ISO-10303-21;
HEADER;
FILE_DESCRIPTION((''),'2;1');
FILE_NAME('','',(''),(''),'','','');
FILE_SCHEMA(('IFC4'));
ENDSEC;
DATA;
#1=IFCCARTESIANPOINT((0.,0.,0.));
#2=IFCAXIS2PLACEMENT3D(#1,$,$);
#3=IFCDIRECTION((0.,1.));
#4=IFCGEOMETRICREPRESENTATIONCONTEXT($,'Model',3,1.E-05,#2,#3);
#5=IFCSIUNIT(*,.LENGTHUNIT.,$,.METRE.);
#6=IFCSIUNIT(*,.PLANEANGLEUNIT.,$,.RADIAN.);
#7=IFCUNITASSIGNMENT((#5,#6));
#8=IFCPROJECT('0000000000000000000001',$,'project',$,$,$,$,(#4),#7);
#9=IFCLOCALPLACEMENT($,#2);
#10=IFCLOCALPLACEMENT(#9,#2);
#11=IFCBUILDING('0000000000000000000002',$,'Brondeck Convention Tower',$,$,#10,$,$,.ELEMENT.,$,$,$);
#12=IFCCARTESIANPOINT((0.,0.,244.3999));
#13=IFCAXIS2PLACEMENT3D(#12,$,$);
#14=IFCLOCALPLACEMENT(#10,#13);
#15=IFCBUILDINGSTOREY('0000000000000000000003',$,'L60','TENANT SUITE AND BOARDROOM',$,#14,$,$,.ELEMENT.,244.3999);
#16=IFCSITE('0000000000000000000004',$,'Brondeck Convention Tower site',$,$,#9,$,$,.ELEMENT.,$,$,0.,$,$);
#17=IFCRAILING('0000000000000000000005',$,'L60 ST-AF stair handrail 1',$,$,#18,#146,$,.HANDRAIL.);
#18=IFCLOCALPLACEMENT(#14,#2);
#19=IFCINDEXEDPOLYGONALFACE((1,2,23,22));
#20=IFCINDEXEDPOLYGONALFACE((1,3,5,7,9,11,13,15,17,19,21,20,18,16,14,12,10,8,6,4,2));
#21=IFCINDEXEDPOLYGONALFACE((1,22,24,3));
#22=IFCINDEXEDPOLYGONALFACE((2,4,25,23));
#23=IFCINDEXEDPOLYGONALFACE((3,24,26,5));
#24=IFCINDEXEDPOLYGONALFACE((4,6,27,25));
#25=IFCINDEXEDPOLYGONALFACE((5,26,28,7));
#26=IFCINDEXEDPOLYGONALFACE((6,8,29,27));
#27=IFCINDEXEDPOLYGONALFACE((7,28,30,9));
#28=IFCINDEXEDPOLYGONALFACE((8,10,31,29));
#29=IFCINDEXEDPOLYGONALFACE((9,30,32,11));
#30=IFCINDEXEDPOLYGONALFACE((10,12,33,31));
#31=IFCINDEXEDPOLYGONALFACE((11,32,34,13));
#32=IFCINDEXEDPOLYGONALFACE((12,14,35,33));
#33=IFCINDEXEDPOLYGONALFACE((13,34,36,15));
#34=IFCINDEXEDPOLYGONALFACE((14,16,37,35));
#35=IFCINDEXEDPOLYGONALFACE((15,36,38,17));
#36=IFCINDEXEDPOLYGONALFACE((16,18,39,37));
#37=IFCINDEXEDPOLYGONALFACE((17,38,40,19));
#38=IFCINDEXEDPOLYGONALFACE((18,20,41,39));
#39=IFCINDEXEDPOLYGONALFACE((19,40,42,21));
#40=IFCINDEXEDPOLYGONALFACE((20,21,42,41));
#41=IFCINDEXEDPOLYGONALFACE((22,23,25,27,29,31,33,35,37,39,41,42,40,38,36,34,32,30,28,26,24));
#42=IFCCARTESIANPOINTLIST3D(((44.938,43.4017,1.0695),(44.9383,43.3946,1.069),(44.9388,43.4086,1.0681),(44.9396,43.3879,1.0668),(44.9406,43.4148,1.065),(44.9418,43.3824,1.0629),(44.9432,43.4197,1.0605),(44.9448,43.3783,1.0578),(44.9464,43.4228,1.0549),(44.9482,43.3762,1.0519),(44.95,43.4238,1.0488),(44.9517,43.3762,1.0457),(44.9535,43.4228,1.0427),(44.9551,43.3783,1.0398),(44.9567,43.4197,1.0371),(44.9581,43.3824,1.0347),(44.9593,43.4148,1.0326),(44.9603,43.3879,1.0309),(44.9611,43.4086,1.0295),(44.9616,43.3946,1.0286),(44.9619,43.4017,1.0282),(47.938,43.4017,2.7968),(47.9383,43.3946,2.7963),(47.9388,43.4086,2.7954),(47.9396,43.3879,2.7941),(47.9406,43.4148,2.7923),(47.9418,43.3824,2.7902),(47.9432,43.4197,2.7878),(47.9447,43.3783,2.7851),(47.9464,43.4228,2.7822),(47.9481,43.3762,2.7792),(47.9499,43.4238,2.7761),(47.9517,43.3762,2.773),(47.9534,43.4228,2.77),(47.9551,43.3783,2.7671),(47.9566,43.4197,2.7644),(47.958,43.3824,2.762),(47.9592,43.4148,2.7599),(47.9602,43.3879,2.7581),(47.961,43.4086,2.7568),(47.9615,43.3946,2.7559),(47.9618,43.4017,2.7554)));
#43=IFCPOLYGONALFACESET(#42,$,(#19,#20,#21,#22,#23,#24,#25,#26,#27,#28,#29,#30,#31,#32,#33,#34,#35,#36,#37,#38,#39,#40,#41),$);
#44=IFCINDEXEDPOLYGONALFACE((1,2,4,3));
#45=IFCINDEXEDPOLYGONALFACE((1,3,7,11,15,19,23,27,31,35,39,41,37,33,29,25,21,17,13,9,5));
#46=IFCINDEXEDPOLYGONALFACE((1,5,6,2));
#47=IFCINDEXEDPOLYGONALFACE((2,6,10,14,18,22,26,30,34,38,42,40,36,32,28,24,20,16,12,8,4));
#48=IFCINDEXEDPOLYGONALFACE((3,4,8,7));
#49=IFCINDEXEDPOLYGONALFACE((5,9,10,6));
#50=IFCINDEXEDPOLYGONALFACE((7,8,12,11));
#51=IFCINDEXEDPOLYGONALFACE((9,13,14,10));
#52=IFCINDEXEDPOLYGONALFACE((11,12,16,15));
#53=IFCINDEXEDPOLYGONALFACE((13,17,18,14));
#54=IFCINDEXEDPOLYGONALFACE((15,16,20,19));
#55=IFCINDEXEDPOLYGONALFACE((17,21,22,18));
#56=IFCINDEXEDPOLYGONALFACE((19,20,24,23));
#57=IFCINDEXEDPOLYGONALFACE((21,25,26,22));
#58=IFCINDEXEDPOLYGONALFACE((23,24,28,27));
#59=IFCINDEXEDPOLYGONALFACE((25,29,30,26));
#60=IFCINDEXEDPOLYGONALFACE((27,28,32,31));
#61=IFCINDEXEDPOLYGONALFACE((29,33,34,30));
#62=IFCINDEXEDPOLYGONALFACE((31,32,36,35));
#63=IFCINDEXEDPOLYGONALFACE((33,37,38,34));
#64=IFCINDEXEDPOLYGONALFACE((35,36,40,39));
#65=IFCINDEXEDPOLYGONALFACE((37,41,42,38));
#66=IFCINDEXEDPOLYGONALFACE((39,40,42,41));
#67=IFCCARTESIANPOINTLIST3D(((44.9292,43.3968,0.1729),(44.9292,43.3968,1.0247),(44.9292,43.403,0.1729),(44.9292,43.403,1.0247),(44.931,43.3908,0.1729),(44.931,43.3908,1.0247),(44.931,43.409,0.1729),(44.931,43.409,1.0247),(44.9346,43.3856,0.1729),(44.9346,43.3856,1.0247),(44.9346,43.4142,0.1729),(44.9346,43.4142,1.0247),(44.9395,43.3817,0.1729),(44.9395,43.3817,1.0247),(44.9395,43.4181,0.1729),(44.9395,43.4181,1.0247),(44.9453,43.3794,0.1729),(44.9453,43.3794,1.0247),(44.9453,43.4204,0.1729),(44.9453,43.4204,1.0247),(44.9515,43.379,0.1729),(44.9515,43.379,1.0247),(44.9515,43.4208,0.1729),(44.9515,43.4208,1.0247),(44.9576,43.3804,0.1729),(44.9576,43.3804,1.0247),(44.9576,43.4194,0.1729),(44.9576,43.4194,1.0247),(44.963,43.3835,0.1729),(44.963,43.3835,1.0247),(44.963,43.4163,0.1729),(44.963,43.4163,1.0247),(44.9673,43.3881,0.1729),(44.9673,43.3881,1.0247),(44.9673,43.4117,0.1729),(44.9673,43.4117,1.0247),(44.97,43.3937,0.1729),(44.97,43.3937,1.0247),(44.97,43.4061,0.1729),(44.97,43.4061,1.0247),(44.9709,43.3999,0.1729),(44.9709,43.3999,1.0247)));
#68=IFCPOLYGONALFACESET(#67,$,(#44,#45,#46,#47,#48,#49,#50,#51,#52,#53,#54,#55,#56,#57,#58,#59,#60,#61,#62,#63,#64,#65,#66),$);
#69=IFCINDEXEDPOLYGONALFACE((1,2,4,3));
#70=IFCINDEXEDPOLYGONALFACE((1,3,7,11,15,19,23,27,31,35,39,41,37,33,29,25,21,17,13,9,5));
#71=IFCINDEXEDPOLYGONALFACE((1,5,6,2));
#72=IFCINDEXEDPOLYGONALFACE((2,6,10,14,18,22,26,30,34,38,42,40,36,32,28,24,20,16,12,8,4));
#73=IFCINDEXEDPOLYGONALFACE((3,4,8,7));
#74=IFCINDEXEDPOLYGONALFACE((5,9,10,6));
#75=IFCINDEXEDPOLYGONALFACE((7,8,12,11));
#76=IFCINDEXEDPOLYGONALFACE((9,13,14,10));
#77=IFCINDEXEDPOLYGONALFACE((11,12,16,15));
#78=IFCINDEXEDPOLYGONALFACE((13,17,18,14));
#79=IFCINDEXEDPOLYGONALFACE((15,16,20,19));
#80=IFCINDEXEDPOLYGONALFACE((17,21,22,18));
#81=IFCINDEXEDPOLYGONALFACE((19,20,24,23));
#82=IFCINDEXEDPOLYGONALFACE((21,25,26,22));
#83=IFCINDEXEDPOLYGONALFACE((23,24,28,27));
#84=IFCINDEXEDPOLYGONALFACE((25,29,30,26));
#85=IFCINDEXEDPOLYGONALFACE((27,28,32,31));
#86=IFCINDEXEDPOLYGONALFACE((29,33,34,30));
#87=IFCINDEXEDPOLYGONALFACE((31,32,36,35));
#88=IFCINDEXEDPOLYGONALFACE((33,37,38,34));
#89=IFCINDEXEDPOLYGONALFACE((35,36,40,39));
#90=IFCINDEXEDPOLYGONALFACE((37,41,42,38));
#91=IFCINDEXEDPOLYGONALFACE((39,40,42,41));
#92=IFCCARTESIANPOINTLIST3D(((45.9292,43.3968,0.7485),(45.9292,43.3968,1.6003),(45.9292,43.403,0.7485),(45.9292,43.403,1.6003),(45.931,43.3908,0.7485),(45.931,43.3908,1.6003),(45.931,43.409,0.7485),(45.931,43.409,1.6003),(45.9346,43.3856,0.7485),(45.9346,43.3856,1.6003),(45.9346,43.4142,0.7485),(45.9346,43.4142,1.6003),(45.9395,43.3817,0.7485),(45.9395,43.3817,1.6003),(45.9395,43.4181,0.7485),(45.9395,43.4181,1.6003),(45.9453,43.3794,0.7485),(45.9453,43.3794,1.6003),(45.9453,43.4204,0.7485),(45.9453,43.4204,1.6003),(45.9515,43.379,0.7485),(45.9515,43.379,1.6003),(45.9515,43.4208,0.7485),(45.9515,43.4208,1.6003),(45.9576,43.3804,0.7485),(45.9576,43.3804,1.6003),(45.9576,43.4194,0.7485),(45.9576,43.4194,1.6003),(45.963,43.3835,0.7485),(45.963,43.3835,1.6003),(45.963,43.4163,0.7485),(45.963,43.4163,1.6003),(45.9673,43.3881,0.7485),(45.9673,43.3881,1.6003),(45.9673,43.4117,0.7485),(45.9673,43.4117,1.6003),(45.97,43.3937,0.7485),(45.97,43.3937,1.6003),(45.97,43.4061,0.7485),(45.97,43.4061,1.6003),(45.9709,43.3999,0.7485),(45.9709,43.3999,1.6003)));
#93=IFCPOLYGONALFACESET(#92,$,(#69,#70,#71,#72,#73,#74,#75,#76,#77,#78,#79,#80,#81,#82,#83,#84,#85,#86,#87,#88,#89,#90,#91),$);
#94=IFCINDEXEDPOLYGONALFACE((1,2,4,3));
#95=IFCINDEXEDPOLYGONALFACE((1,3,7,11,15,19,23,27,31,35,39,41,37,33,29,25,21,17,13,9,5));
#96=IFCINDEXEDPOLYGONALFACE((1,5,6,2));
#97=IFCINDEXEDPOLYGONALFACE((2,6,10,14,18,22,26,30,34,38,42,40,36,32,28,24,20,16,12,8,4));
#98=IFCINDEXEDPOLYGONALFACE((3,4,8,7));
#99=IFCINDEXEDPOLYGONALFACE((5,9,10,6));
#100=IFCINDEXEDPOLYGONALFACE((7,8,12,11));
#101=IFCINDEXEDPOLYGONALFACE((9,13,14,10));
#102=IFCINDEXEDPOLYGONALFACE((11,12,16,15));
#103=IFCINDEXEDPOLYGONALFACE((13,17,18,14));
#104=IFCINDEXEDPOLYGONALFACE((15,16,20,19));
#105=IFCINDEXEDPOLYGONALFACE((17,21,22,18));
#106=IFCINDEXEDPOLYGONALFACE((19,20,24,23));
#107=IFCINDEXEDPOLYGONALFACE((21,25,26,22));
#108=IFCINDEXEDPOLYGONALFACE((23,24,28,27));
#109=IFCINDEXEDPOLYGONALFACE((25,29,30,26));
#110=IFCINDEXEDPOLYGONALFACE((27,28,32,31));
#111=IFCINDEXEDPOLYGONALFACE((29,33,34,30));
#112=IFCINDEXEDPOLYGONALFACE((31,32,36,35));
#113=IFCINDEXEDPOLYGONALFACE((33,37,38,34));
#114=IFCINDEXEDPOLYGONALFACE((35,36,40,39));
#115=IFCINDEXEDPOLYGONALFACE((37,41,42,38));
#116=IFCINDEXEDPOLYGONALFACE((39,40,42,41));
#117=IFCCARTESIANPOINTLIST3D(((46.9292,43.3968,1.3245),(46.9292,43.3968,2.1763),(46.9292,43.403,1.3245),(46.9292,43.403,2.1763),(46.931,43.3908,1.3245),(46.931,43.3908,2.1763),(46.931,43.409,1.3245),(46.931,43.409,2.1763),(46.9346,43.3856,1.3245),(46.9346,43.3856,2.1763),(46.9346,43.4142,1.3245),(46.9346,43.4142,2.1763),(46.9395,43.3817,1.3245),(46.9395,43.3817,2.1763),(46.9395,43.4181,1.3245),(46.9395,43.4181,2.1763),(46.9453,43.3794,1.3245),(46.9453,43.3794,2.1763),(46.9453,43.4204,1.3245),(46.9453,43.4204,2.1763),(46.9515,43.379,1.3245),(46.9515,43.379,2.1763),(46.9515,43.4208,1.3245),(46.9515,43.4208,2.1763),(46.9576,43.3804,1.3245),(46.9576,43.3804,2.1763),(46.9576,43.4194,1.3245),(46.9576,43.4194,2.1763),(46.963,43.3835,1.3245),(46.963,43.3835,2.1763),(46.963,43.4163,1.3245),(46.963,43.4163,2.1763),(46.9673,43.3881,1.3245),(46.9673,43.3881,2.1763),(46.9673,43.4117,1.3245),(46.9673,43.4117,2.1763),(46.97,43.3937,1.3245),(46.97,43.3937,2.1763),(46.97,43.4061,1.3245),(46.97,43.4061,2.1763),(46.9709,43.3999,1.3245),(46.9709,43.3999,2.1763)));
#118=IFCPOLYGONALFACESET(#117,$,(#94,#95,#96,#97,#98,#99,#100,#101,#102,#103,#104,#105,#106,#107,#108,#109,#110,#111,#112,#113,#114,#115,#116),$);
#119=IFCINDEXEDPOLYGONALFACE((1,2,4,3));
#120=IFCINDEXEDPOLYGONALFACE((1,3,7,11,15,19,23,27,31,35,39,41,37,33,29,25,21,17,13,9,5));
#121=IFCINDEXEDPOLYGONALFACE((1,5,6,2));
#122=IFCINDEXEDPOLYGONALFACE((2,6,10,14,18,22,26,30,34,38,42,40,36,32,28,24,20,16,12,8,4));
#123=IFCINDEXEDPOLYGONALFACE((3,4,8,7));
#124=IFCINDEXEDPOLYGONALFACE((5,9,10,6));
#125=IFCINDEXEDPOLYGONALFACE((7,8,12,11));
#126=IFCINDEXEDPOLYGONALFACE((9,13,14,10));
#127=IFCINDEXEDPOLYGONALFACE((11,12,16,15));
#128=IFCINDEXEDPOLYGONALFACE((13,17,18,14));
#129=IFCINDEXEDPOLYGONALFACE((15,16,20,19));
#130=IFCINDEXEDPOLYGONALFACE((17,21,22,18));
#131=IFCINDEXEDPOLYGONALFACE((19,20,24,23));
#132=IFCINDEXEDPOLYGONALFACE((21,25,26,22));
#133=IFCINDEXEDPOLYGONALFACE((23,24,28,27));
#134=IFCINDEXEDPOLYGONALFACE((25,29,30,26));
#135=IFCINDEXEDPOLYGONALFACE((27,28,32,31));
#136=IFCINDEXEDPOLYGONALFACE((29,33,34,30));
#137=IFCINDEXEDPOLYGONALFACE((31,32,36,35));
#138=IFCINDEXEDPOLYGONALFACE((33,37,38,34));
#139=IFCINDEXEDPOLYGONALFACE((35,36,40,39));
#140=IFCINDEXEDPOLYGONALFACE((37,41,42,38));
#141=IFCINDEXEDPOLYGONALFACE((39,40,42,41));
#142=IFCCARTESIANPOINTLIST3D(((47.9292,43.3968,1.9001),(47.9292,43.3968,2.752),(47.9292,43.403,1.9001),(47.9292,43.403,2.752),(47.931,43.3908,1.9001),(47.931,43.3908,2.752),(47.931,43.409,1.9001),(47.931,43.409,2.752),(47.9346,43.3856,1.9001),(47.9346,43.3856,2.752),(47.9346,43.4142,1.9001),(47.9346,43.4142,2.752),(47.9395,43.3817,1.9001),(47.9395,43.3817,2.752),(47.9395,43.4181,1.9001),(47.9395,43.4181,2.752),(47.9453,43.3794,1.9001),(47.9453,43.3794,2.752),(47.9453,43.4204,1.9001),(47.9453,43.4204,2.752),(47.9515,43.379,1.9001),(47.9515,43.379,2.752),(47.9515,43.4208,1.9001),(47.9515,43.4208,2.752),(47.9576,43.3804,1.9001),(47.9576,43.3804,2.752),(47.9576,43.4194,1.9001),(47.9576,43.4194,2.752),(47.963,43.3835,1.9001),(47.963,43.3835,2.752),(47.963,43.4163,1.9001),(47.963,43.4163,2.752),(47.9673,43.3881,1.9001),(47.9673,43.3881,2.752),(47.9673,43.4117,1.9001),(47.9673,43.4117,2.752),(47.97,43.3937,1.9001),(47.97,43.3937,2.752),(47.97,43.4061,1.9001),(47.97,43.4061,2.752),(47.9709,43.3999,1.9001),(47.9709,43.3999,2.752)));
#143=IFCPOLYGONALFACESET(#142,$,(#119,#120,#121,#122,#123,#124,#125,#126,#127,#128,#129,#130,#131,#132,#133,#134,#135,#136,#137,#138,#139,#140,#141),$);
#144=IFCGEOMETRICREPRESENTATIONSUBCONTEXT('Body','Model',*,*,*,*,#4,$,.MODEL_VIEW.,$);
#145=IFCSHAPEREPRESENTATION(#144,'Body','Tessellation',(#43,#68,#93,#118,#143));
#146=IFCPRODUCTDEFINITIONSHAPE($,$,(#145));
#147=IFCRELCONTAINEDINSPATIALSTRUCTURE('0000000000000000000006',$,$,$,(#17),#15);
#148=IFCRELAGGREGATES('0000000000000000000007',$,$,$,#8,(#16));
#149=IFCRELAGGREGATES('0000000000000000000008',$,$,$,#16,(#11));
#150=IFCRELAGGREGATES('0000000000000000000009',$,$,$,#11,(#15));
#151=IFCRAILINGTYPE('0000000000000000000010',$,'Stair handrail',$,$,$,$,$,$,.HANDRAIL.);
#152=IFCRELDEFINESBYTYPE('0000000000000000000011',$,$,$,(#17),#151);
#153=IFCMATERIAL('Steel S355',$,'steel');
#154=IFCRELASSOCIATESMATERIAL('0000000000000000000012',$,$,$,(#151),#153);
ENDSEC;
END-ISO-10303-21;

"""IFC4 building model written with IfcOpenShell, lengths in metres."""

from ifc_helpers import new_model, si_unit, direction, frame, origin, origin_2d, place, context, subcontext, project, spatial, circle, extrude, material, type_object, element, save


model = new_model("IFC4")

# Units and contexts
model_context = context("Model", 3, precision=1e-05, world=origin(), true_north=direction((0.0, 1.0)))
body_context = subcontext(model_context, "Body", "Model", "MODEL_VIEW")
ifc_project = project(units=[si_unit("LENGTHUNIT", "METRE"), si_unit("PLANEANGLEUNIT", "RADIAN")], contexts=[model_context])

# Site, building, storey
site_placement = place(None, origin())
site = spatial("IfcSite", under=ifc_project, at=site_placement, Name="Brondeck Convention Tower site", CompositionType="ELEMENT", RefElevation=0.0)
building_placement = place(site_placement, origin())
building = spatial("IfcBuilding", under=site, at=building_placement, Name="Brondeck Convention Tower", CompositionType="ELEMENT")
storey_placement = place(building_placement, frame((0.0, 0.0, 244.3999)))
storey = spatial("IfcBuildingStorey", under=building, at=storey_placement, Name="L60", Description="TENANT SUITE AND BOARDROOM", CompositionType="ELEMENT", Elevation=244.3999)

# Shared definitions
ifc_material_1 = material(Name="Steel S355", Category="steel")

# Railing
railing_type_1 = type_object("IfcRailingType", Name="Stair handrail", PredefinedType="HANDRAIL", material=ifc_material_1)
railing_1_placement = place(storey_placement, frame((44.95, 43.3999, 0.1729)))
element("IfcRailing", 1, at=railing_1_placement, inside=storey, type_object=railing_type_1, Name="L60 ST-AF stair handrail 1", PredefinedType="HANDRAIL", context=body_context, shape_type="SweptSolid", body=[
    extrude(circle(Radius=0.0239, at=origin_2d()), frame((0.0, 0.0, 0.876), z_axis=(0.86662, 0.0, 0.498969), x_axis=(0.0, 1.0, 0.0)), (0.0, 0.0, 1.0), 3.4617),
    extrude(circle(Radius=0.021, at=origin_2d()), origin(), (0.0, 0.0, 1.0), 0.8518),
    extrude(circle(Radius=0.021, at=origin_2d()), frame((1.0, 0.0, 0.5757)), (0.0, 0.0, 1.0), 0.8518),
    extrude(circle(Radius=0.021, at=origin_2d()), frame((2.0, 0.0, 1.1516)), (0.0, 0.0, 1.0), 0.8518),
    extrude(circle(Radius=0.021, at=origin_2d()), frame((3.0, 0.0, 1.7273)), (0.0, 0.0, 1.0), 0.8518),
])

save(model, "model.ifc")
